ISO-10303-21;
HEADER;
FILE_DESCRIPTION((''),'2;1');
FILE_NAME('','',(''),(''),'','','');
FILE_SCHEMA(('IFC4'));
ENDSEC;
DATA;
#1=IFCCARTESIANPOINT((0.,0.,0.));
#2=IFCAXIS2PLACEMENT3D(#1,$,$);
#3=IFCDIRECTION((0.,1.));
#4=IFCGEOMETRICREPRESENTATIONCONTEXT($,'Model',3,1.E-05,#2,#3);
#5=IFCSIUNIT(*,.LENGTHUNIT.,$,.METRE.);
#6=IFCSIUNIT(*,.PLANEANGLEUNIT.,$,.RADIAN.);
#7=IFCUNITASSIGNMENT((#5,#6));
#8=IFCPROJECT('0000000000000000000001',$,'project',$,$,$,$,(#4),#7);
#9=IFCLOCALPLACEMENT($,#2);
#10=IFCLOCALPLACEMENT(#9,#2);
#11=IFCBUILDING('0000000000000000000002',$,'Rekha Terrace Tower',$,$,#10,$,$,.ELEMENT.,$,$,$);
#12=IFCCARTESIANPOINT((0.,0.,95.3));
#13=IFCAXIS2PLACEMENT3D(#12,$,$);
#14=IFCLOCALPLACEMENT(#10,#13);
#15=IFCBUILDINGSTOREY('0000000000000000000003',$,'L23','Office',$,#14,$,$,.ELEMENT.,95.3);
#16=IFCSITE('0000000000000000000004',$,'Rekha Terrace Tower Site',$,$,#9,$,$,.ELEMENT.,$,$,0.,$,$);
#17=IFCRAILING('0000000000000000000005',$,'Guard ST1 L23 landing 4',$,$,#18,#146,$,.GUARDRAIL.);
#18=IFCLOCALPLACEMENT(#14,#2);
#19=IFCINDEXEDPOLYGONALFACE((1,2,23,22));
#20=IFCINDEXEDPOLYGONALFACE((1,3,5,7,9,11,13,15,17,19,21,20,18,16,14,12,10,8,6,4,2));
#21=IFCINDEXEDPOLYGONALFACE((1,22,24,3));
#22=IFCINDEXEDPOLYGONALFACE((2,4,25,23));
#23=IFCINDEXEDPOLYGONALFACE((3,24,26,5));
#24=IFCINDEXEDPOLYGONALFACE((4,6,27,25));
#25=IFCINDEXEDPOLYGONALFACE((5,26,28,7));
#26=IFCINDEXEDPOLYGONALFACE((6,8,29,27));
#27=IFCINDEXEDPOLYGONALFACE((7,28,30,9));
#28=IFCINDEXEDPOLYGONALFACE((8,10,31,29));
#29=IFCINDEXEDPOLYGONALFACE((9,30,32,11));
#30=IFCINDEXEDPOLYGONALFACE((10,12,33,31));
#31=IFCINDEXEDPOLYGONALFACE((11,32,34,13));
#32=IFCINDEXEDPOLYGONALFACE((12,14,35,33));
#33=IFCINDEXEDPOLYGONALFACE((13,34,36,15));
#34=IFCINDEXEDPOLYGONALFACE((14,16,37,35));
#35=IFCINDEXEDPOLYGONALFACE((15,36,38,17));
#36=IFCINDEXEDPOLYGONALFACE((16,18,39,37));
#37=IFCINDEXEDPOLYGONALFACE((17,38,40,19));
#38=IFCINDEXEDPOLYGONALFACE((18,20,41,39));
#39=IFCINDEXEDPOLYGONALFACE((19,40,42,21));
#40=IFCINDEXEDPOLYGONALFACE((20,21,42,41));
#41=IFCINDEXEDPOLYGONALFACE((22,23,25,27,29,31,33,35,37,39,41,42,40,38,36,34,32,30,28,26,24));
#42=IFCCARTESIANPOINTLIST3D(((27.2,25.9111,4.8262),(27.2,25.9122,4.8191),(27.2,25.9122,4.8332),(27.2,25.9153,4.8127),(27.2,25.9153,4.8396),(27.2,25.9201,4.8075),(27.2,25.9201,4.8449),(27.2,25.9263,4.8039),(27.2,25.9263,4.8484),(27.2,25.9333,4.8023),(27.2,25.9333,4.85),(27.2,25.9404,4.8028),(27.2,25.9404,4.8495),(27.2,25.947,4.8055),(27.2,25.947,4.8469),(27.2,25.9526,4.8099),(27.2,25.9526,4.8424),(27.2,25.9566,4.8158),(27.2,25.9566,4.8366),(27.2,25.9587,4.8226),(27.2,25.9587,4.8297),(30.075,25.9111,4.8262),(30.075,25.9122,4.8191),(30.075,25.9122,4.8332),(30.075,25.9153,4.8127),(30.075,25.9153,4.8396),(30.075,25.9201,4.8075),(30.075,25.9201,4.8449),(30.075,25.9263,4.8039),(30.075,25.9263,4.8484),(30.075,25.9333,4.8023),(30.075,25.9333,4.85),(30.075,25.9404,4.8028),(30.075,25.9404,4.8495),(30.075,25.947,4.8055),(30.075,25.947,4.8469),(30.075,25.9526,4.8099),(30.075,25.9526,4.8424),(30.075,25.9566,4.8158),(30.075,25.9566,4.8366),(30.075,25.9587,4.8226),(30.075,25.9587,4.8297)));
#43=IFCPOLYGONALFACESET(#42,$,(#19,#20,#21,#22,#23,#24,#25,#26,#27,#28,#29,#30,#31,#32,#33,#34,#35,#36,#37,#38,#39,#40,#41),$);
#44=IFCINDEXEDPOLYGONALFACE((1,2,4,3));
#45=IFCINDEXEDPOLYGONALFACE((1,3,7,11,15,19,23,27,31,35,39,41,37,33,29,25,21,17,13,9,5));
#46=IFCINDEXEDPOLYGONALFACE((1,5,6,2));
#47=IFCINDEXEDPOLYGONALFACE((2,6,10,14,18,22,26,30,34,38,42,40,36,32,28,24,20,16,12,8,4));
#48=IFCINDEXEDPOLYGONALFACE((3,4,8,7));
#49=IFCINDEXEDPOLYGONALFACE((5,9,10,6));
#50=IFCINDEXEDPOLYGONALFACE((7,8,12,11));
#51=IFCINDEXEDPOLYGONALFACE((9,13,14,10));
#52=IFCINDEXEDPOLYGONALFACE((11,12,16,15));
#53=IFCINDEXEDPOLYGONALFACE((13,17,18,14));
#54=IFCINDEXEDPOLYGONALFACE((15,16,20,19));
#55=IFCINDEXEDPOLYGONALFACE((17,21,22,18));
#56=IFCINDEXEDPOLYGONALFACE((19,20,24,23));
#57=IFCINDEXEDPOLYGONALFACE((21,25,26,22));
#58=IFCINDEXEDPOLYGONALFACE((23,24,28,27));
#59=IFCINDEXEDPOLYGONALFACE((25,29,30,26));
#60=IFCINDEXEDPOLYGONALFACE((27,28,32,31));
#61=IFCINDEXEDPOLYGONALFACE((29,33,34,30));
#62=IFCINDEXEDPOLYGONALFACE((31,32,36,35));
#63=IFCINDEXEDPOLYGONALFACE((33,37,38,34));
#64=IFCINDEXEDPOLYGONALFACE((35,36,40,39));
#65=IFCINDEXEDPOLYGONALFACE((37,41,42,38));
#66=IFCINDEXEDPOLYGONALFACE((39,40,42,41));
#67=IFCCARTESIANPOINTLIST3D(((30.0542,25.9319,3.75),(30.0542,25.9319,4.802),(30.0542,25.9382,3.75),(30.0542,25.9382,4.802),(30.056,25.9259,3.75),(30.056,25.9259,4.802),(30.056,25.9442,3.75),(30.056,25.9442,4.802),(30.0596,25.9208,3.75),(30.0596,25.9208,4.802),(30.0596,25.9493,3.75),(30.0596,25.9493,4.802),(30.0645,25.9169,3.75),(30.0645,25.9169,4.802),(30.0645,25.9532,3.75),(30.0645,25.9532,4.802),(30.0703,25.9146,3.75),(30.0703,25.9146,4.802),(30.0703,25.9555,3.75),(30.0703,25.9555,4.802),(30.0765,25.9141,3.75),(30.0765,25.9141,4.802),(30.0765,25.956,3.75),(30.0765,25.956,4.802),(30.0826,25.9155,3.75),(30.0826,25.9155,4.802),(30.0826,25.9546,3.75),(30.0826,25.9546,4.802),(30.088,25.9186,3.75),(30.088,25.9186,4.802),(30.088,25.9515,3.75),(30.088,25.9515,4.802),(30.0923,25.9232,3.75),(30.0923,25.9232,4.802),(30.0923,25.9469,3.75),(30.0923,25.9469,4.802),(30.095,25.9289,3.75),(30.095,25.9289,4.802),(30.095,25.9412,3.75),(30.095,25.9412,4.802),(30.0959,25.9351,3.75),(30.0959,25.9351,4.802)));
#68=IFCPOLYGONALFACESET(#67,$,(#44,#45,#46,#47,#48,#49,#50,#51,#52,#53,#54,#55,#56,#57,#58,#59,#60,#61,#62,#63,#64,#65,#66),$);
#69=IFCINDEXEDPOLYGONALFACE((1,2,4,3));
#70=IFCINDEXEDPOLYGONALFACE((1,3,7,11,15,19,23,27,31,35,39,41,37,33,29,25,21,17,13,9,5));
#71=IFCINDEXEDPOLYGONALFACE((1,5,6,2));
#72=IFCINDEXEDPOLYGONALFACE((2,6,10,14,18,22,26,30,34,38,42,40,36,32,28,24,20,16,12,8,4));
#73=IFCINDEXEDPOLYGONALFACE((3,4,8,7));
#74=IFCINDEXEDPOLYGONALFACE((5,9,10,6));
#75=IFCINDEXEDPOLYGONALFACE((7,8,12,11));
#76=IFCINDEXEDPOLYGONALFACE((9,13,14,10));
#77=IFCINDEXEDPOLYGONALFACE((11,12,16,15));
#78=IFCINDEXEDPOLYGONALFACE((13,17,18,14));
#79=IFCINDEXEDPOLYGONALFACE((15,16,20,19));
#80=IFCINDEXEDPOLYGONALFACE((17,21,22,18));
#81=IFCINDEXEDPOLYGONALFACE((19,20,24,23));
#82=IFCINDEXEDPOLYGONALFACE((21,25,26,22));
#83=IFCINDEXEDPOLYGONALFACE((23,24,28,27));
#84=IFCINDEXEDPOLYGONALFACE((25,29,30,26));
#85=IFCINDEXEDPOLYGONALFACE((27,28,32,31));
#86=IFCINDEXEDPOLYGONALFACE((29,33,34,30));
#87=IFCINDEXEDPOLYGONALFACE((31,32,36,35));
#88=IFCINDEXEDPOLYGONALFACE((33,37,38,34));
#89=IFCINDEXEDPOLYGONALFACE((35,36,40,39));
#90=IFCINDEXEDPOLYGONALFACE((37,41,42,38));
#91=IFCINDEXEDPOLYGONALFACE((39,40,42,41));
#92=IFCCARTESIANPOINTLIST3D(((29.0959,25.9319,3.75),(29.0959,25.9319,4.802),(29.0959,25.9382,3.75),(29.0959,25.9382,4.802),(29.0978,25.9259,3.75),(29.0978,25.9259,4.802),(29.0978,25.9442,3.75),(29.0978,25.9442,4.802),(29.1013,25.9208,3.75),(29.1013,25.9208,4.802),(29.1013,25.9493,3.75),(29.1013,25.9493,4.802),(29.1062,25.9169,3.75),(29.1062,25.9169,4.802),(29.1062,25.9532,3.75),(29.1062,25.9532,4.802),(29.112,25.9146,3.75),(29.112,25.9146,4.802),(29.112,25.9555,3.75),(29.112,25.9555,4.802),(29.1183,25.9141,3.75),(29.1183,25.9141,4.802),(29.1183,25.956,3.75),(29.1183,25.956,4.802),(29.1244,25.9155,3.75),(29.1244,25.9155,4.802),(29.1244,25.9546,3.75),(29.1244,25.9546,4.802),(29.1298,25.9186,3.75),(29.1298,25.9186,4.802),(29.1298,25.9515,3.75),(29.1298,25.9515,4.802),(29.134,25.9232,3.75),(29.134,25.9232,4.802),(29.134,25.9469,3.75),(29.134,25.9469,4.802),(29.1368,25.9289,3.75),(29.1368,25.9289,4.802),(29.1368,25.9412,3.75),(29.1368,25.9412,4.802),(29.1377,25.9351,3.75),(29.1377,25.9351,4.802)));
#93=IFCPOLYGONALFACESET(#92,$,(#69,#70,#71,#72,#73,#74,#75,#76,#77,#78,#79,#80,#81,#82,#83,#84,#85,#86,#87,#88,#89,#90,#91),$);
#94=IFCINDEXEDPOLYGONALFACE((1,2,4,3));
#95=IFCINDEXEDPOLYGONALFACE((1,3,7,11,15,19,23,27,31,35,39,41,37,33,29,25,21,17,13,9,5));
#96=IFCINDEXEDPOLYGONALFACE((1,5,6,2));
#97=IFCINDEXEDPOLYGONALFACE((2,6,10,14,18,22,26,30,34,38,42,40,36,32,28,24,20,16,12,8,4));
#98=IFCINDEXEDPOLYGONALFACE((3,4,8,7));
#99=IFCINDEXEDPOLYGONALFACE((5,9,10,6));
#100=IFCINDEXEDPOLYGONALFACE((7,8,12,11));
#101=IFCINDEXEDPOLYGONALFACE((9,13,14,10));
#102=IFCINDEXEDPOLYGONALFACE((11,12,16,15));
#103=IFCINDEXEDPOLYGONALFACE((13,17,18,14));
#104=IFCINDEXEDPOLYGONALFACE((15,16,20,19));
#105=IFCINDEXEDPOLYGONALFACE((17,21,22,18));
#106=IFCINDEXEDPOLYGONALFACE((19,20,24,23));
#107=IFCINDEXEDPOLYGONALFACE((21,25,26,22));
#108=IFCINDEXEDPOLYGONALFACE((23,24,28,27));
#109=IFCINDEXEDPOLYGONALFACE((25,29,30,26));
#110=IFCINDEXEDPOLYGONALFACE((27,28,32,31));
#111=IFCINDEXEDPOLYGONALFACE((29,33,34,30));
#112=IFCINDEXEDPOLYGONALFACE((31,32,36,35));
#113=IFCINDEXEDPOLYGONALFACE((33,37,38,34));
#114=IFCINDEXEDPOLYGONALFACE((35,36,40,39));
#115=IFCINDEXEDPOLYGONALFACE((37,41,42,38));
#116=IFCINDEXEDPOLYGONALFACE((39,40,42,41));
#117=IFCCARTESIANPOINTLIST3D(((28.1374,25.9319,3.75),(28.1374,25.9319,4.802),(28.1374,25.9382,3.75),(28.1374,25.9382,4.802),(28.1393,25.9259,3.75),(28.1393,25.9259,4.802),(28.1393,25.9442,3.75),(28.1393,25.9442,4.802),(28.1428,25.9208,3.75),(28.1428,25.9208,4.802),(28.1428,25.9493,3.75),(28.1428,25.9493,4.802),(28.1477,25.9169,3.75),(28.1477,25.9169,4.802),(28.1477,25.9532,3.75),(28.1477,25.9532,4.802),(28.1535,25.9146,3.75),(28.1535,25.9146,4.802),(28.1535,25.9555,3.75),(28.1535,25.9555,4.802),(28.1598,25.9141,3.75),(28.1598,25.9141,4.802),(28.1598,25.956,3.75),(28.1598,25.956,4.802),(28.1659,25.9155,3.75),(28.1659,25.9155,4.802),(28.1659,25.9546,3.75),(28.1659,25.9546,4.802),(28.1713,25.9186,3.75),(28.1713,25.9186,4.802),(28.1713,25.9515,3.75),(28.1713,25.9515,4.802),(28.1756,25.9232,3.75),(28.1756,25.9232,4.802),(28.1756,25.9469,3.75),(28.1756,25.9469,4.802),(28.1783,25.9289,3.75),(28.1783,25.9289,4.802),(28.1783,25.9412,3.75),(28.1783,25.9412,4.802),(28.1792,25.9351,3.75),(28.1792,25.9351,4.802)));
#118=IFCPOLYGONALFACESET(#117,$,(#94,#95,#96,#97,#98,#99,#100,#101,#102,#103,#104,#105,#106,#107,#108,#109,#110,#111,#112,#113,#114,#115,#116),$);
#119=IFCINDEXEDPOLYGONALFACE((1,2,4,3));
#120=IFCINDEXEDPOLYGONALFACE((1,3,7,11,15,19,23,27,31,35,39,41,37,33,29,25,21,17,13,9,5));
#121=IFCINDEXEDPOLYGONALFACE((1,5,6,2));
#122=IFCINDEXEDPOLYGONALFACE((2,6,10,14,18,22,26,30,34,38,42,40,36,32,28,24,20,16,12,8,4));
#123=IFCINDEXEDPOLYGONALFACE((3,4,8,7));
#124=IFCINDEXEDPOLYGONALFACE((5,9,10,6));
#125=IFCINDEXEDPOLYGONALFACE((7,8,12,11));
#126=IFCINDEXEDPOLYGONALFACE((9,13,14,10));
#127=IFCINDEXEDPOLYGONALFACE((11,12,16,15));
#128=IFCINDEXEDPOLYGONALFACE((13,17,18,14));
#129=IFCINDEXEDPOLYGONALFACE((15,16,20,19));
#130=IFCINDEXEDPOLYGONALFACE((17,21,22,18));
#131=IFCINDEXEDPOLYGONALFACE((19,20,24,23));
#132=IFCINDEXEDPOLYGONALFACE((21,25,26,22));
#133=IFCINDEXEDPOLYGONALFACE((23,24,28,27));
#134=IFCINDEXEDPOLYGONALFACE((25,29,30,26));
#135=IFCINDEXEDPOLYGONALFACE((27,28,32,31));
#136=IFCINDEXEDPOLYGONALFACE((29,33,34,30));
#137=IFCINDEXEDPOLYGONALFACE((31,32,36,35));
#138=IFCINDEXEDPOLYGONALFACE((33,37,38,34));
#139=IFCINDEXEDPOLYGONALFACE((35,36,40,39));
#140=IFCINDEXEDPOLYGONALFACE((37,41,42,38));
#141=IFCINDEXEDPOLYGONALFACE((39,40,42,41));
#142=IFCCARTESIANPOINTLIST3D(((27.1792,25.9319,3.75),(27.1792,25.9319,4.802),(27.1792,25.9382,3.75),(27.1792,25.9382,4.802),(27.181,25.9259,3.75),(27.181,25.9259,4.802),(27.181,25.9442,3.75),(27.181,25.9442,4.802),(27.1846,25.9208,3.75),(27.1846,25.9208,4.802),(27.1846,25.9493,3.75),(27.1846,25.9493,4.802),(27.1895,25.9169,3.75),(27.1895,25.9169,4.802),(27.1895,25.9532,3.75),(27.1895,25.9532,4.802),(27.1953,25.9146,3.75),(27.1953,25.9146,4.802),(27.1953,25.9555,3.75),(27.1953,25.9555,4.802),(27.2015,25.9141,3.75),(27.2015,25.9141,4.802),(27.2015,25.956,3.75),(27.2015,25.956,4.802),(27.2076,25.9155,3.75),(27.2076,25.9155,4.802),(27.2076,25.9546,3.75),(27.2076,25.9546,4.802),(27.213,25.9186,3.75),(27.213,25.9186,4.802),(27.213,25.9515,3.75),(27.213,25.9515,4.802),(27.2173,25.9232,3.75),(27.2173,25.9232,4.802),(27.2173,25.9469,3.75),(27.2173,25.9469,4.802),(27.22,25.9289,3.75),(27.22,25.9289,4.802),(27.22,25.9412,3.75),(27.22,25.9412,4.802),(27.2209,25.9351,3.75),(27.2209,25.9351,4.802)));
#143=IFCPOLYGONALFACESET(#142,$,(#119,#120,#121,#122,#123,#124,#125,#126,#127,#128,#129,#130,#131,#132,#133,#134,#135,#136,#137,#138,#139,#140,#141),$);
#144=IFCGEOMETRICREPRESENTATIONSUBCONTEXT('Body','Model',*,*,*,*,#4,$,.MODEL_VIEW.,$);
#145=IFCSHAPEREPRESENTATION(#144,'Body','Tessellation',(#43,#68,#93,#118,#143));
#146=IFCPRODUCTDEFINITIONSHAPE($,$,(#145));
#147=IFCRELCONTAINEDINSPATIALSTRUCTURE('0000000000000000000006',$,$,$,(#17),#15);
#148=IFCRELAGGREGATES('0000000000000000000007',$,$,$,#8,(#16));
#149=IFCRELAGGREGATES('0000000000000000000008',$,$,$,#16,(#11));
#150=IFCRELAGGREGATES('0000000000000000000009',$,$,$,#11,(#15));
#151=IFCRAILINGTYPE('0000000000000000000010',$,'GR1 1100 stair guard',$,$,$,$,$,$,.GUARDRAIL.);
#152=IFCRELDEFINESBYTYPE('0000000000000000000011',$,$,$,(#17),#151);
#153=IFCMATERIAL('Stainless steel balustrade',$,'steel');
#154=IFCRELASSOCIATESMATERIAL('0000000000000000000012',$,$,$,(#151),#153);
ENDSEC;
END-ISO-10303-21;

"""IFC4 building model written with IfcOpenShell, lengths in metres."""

from ifc_helpers import new_model, si_unit, direction, frame, origin, origin_2d, place, context, subcontext, project, spatial, circle, extrude, material, type_object, element, save


model = new_model("IFC4")

# Units and contexts
model_context = context("Model", 3, precision=1e-05, world=origin(), true_north=direction((0.0, 1.0)))
body_context = subcontext(model_context, "Body", "Model", "MODEL_VIEW")
ifc_project = project(units=[si_unit("LENGTHUNIT", "METRE"), si_unit("PLANEANGLEUNIT", "RADIAN")], contexts=[model_context])

# Site, building, storey
site_placement = place(None, origin())
site = spatial("IfcSite", under=ifc_project, at=site_placement, Name="Rekha Terrace Tower Site", CompositionType="ELEMENT", RefElevation=0.0)
building_placement = place(site_placement, origin())
building = spatial("IfcBuilding", under=site, at=building_placement, Name="Rekha Terrace Tower", CompositionType="ELEMENT")
storey_placement = place(building_placement, frame((0.0, 0.0, 95.3)))
storey = spatial("IfcBuildingStorey", under=building, at=storey_placement, Name="L23", Description="Office", CompositionType="ELEMENT", Elevation=95.3)

# Railing
ifc_material_1 = material(Name="Stainless steel balustrade", Category="steel")
railing_type_1 = type_object("IfcRailingType", Name="GR1 1100 stair guard", PredefinedType="GUARDRAIL", material=ifc_material_1)
railing_1_placement = place(storey_placement, frame((30.075, 25.9351, 3.75)))
element("IfcRailing", 1, at=railing_1_placement, inside=storey, type_object=railing_type_1, Name="Guard ST1 L23 landing 4", PredefinedType="GUARDRAIL", context=body_context, shape_type="SweptSolid", body=[
    extrude(circle(Radius=0.0239, at=origin_2d()), frame((0.0, 0.0, 1.0762), z_axis=(-1.0, 0.0, 0.0), x_axis=(0.0, -1.0, 0.0)), (0.0, 0.0, 1.0), 2.875),
    extrude(circle(Radius=0.021, at=origin_2d()), origin(), (0.0, 0.0, 1.0), 1.052),
    extrude(circle(Radius=0.021, at=origin_2d()), frame((-0.9583, 0.0, 0.0)), (0.0, 0.0, 1.0), 1.052),
    extrude(circle(Radius=0.021, at=origin_2d()), frame((-1.9167, 0.0, 0.0)), (0.0, 0.0, 1.0), 1.052),
    extrude(circle(Radius=0.021, at=origin_2d()), frame((-2.875, 0.0, 0.0)), (0.0, 0.0, 1.0), 1.052),
])

save(model, "model.ifc")
